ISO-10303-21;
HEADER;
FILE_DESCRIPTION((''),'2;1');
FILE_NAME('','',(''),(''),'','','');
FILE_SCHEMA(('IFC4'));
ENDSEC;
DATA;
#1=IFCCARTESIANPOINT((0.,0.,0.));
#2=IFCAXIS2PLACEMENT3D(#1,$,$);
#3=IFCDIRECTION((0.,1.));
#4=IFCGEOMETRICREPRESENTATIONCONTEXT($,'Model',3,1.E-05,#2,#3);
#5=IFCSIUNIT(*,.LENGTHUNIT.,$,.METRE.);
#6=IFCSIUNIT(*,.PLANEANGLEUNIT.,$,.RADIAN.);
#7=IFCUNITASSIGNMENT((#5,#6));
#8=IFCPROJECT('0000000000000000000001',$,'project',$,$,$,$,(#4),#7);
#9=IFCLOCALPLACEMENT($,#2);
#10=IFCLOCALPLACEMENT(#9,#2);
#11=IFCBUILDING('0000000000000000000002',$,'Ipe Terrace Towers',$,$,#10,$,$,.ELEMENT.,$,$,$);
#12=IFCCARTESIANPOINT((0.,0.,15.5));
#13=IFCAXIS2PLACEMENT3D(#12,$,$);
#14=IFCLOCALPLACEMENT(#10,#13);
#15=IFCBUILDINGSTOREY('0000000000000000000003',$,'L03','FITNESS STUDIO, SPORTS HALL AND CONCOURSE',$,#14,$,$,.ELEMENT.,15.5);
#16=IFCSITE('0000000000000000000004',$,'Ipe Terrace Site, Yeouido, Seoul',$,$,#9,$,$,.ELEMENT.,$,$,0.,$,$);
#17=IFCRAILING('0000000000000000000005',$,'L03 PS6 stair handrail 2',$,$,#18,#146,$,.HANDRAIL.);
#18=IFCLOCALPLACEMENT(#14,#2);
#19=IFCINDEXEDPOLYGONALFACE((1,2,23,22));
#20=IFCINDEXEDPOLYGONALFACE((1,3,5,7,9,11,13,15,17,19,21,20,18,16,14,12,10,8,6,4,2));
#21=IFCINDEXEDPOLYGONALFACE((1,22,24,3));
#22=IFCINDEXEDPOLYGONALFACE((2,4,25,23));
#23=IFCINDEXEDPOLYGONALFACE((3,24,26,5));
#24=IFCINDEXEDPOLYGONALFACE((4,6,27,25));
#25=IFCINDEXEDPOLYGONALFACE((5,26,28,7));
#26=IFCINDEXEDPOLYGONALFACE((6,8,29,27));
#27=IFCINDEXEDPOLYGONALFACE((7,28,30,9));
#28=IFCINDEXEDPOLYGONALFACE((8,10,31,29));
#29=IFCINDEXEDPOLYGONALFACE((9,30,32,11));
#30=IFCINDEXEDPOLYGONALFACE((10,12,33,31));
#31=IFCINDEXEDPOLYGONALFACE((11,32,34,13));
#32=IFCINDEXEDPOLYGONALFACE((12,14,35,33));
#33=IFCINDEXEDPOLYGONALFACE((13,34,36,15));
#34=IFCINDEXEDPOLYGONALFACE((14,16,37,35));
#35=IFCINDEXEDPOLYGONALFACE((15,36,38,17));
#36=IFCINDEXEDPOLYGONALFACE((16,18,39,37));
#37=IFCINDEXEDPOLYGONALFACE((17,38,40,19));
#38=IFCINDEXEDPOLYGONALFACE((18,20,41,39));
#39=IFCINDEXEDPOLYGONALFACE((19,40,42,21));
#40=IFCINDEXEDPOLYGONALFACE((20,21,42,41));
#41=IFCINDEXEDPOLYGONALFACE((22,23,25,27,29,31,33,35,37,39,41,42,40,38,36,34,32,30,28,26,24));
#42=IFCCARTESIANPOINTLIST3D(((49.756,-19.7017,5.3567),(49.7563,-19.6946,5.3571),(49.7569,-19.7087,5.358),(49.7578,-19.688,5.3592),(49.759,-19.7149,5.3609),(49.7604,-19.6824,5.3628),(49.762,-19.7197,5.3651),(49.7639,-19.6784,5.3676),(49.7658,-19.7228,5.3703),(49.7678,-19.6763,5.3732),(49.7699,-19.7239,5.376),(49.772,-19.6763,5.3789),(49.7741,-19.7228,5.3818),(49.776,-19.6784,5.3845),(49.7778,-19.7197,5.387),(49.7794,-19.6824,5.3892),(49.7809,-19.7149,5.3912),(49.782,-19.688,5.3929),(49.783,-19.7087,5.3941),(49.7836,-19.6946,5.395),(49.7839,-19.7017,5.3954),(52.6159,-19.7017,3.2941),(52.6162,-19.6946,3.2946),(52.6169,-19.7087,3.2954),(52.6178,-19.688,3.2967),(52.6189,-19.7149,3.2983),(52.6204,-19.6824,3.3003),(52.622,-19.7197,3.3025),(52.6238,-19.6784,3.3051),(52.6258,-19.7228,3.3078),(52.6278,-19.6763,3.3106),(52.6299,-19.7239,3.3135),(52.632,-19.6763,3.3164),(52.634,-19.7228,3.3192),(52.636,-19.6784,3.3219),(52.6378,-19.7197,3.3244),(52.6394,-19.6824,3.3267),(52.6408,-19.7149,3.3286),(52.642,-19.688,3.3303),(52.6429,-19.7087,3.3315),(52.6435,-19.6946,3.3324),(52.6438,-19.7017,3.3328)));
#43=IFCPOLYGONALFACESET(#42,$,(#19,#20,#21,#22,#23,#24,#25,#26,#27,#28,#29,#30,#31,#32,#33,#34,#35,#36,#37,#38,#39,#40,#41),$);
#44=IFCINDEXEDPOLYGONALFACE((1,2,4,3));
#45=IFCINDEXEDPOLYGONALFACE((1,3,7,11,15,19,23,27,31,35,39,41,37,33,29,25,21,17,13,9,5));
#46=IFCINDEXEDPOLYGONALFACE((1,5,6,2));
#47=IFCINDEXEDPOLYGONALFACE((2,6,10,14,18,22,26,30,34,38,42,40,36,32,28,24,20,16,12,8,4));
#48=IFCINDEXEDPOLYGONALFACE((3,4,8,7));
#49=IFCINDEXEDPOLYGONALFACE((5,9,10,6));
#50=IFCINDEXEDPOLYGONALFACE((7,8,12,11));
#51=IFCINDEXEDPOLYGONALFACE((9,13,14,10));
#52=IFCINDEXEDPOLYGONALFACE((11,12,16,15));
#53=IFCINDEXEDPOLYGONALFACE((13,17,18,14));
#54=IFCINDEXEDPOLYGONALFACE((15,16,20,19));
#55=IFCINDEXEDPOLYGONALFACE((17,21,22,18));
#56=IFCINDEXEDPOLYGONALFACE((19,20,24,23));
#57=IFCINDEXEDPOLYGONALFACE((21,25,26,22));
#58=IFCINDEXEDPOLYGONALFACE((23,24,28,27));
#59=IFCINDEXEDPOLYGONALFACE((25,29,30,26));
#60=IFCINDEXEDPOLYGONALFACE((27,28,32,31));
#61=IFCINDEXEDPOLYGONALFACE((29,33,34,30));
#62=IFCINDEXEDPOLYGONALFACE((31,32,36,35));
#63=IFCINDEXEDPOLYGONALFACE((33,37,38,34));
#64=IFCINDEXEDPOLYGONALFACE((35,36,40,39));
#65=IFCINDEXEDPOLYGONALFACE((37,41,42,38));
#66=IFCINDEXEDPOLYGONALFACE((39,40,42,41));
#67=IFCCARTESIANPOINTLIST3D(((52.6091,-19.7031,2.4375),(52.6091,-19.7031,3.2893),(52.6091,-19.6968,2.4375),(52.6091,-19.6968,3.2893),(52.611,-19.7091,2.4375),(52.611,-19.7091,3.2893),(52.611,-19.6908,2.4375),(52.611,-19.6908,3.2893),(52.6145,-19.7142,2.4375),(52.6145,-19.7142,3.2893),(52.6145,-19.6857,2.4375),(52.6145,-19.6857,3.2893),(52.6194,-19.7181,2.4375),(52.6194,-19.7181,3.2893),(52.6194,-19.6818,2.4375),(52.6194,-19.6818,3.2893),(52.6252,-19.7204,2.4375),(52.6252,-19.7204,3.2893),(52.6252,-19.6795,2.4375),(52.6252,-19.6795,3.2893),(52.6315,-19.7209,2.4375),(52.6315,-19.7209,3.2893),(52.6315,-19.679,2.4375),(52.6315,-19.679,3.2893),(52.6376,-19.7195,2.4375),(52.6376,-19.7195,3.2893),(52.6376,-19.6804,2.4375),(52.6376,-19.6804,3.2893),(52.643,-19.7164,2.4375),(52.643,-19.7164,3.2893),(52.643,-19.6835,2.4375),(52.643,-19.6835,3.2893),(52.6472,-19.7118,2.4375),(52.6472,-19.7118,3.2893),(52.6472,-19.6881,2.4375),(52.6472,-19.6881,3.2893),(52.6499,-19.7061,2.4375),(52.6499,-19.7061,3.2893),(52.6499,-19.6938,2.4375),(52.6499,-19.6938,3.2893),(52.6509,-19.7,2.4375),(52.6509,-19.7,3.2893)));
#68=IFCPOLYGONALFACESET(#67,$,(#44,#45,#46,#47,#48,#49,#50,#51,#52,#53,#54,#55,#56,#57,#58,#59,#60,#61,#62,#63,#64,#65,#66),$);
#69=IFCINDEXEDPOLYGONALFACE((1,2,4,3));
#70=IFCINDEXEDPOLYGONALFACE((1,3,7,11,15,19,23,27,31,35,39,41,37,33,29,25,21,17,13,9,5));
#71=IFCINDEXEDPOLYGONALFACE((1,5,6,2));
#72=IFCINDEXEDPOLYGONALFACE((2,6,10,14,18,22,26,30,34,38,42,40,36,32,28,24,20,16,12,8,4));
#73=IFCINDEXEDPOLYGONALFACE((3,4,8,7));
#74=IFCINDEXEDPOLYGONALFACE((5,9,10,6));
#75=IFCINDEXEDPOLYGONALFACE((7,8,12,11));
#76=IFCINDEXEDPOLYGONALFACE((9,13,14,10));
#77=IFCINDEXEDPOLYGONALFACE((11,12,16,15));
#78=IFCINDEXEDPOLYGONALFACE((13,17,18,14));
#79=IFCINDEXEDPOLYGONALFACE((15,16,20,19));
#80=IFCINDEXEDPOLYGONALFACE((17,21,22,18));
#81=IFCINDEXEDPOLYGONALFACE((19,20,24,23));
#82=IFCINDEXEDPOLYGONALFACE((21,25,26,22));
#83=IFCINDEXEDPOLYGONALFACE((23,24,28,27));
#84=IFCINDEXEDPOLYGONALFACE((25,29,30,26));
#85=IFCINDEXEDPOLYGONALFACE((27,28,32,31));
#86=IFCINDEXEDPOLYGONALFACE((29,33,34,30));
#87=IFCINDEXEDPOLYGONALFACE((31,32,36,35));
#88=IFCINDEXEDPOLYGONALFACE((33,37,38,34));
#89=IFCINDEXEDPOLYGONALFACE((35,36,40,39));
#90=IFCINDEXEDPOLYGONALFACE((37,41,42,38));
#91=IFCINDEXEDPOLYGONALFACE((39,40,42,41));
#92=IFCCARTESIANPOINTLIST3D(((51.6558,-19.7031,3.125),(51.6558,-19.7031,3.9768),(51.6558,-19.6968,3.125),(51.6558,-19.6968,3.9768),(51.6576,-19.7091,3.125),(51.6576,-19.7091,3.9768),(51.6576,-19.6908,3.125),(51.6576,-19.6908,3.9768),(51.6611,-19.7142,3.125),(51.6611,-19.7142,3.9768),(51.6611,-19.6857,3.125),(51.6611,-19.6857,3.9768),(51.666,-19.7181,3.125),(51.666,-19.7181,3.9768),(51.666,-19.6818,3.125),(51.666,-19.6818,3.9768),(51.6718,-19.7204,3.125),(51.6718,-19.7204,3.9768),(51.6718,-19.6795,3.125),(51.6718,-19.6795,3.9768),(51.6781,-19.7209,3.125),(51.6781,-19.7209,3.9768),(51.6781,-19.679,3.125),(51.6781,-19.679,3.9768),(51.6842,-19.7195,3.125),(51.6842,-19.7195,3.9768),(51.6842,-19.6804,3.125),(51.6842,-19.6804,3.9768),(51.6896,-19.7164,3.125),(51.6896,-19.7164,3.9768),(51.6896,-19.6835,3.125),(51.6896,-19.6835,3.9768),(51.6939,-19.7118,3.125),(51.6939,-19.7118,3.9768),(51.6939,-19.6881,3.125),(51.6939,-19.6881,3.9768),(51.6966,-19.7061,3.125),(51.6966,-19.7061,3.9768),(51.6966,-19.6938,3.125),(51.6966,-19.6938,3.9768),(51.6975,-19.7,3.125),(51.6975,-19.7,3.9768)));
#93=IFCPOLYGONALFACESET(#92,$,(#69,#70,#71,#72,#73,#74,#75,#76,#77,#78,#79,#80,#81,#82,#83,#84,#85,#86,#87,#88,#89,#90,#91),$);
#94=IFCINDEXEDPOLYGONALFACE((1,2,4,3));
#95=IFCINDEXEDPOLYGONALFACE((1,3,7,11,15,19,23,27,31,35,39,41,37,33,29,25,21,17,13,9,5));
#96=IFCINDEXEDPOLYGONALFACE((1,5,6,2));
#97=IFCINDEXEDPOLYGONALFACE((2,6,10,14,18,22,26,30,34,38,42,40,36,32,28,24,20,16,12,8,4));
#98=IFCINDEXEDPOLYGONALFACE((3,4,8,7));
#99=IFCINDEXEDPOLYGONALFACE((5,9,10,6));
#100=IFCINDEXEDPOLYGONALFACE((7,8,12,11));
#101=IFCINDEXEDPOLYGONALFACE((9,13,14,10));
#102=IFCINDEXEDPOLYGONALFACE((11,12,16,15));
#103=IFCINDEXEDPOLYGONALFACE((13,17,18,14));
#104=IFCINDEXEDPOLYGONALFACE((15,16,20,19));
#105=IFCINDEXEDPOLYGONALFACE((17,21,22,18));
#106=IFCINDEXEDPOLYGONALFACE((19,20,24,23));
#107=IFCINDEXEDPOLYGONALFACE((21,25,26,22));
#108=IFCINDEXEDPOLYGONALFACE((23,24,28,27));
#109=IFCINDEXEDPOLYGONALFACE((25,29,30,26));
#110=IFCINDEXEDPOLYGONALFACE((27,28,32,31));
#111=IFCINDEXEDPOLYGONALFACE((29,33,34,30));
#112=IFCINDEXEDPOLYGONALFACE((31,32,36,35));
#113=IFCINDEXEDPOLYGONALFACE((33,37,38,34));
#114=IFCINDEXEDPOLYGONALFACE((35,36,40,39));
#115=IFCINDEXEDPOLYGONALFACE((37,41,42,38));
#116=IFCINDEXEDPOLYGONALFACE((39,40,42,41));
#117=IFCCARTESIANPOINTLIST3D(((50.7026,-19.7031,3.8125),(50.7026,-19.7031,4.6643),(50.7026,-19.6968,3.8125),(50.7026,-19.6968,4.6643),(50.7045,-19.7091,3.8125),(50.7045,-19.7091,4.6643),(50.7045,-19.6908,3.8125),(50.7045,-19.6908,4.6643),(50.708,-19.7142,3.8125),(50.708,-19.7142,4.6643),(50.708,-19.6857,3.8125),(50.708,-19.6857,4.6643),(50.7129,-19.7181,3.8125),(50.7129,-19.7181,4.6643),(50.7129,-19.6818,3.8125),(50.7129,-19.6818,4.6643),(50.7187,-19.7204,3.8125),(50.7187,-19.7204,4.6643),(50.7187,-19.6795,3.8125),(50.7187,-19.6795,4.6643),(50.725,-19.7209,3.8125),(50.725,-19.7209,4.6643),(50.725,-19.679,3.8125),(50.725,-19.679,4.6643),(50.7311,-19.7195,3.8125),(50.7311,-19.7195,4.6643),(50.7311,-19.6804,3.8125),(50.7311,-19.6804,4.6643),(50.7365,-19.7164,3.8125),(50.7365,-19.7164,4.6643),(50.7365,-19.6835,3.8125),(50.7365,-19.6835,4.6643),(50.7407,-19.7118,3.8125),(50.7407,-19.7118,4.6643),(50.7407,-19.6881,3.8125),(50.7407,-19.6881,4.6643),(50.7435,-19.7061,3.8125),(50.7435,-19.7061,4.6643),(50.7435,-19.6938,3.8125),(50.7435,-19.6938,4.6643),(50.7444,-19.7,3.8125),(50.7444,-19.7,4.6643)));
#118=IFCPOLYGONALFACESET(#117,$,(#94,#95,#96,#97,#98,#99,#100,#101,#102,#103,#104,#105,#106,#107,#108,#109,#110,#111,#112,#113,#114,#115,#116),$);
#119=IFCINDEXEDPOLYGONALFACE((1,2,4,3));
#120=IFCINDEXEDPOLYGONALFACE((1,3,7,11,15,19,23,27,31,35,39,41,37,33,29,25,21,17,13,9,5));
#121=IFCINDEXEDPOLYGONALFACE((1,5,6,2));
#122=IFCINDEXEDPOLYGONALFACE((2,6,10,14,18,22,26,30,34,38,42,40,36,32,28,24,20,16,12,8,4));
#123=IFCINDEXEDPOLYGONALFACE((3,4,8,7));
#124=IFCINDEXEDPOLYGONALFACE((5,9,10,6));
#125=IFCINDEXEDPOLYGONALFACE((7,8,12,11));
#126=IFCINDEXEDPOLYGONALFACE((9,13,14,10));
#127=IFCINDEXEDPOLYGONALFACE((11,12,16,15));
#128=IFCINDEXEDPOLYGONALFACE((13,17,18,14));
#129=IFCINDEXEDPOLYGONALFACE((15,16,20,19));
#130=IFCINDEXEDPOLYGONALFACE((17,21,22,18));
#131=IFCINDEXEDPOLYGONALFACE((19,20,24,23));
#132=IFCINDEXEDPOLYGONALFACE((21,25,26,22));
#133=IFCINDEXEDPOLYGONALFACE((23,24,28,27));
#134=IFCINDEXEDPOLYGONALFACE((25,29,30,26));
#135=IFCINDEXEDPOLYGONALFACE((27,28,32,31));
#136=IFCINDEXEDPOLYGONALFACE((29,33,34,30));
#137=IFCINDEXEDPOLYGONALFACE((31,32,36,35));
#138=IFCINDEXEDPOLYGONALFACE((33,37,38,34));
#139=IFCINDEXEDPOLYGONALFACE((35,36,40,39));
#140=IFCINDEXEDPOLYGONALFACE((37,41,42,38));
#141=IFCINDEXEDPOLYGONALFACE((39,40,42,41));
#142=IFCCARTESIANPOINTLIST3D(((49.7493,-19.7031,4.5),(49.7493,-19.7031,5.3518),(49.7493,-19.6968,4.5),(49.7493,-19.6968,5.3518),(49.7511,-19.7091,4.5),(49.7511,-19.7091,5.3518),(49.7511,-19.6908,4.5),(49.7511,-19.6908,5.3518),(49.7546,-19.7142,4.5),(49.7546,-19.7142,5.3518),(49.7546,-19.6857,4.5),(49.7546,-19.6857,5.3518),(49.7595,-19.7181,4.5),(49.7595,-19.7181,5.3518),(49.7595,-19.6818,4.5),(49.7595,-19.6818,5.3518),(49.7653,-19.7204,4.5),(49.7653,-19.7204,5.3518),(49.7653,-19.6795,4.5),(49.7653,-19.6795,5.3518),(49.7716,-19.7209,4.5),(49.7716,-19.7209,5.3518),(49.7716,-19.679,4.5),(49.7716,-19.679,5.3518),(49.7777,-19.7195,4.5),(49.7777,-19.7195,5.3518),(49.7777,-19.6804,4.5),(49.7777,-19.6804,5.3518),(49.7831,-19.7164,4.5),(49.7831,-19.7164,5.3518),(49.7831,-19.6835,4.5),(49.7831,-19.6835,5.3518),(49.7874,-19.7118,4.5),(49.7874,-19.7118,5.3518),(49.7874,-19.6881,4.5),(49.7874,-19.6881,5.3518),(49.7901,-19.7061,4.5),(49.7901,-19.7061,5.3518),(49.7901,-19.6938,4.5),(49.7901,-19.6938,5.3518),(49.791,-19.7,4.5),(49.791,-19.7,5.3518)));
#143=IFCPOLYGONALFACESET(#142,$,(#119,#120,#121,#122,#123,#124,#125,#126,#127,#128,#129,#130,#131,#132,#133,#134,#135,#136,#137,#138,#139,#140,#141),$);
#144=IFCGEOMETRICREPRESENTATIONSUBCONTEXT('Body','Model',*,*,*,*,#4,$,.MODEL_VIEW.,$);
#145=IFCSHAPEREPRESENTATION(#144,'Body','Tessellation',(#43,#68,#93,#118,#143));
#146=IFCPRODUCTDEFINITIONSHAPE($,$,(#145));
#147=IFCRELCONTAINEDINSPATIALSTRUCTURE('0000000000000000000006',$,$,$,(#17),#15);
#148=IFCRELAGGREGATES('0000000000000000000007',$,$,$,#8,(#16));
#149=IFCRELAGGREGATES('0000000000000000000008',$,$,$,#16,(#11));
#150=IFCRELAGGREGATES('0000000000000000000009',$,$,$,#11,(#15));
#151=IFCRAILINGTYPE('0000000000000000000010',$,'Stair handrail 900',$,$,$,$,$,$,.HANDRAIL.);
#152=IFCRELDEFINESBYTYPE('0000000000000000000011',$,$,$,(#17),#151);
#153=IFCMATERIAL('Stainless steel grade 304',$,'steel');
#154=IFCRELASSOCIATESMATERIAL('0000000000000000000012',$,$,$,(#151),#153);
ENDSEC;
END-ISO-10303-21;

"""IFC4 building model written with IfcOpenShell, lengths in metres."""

from ifc_helpers import new_model, si_unit, direction, frame, origin, origin_2d, place, context, subcontext, project, spatial, circle, extrude, material, type_object, element, save


model = new_model("IFC4")

# Units and contexts
model_context = context("Model", 3, precision=1e-05, world=origin(), true_north=direction((0.0, 1.0)))
body_context = subcontext(model_context, "Body", "Model", "MODEL_VIEW")
ifc_project = project(units=[si_unit("LENGTHUNIT", "METRE"), si_unit("PLANEANGLEUNIT", "RADIAN")], contexts=[model_context])

# Site, building, storey
site_placement = place(None, origin())
site = spatial("IfcSite", under=ifc_project, at=site_placement, Name="Ipe Terrace Site, Yeouido, Seoul", CompositionType="ELEMENT", RefElevation=0.0)
building_placement = place(site_placement, origin())
building = spatial("IfcBuilding", under=site, at=building_placement, Name="Ipe Terrace Towers", CompositionType="ELEMENT")
storey_placement = place(building_placement, frame((0.0, 0.0, 15.5)))
storey = spatial("IfcBuildingStorey", under=building, at=storey_placement, Name="L03", Description="FITNESS STUDIO, SPORTS HALL AND CONCOURSE", CompositionType="ELEMENT", Elevation=15.5)

# Railing
ifc_material_1 = material(Name="Stainless steel grade 304", Category="steel")
railing_type = type_object("IfcRailingType", Name="Stair handrail 900", PredefinedType="HANDRAIL", material=ifc_material_1)
railing_placement = place(storey_placement, frame((52.6299, -19.7, 2.4375)))
element("IfcRailing", 1, at=railing_placement, inside=storey, type_object=railing_type, Name="L03 PS6 stair handrail 2", PredefinedType="HANDRAIL", context=body_context, shape_type="SweptSolid", body=[
    extrude(circle(Radius=0.0239, at=origin_2d()), frame((0.0, 0.0, 0.876), z_axis=(-0.811077, 0.0, 0.584939), x_axis=(0.0, -1.0, 0.0)), (0.0, 0.0, 1.0), 3.5261),
    extrude(circle(Radius=0.021, at=origin_2d()), origin(), (0.0, 0.0, 1.0), 0.8518),
    extrude(circle(Radius=0.021, at=origin_2d()), frame((-0.9534, 0.0, 0.6875)), (0.0, 0.0, 1.0), 0.8518),
    extrude(circle(Radius=0.021, at=origin_2d()), frame((-1.9065, 0.0, 1.375)), (0.0, 0.0, 1.0), 0.8518),
    extrude(circle(Radius=0.021, at=origin_2d()), frame((-2.8599, 0.0, 2.0625)), (0.0, 0.0, 1.0), 0.8518),
])

save(model, "model.ifc")
